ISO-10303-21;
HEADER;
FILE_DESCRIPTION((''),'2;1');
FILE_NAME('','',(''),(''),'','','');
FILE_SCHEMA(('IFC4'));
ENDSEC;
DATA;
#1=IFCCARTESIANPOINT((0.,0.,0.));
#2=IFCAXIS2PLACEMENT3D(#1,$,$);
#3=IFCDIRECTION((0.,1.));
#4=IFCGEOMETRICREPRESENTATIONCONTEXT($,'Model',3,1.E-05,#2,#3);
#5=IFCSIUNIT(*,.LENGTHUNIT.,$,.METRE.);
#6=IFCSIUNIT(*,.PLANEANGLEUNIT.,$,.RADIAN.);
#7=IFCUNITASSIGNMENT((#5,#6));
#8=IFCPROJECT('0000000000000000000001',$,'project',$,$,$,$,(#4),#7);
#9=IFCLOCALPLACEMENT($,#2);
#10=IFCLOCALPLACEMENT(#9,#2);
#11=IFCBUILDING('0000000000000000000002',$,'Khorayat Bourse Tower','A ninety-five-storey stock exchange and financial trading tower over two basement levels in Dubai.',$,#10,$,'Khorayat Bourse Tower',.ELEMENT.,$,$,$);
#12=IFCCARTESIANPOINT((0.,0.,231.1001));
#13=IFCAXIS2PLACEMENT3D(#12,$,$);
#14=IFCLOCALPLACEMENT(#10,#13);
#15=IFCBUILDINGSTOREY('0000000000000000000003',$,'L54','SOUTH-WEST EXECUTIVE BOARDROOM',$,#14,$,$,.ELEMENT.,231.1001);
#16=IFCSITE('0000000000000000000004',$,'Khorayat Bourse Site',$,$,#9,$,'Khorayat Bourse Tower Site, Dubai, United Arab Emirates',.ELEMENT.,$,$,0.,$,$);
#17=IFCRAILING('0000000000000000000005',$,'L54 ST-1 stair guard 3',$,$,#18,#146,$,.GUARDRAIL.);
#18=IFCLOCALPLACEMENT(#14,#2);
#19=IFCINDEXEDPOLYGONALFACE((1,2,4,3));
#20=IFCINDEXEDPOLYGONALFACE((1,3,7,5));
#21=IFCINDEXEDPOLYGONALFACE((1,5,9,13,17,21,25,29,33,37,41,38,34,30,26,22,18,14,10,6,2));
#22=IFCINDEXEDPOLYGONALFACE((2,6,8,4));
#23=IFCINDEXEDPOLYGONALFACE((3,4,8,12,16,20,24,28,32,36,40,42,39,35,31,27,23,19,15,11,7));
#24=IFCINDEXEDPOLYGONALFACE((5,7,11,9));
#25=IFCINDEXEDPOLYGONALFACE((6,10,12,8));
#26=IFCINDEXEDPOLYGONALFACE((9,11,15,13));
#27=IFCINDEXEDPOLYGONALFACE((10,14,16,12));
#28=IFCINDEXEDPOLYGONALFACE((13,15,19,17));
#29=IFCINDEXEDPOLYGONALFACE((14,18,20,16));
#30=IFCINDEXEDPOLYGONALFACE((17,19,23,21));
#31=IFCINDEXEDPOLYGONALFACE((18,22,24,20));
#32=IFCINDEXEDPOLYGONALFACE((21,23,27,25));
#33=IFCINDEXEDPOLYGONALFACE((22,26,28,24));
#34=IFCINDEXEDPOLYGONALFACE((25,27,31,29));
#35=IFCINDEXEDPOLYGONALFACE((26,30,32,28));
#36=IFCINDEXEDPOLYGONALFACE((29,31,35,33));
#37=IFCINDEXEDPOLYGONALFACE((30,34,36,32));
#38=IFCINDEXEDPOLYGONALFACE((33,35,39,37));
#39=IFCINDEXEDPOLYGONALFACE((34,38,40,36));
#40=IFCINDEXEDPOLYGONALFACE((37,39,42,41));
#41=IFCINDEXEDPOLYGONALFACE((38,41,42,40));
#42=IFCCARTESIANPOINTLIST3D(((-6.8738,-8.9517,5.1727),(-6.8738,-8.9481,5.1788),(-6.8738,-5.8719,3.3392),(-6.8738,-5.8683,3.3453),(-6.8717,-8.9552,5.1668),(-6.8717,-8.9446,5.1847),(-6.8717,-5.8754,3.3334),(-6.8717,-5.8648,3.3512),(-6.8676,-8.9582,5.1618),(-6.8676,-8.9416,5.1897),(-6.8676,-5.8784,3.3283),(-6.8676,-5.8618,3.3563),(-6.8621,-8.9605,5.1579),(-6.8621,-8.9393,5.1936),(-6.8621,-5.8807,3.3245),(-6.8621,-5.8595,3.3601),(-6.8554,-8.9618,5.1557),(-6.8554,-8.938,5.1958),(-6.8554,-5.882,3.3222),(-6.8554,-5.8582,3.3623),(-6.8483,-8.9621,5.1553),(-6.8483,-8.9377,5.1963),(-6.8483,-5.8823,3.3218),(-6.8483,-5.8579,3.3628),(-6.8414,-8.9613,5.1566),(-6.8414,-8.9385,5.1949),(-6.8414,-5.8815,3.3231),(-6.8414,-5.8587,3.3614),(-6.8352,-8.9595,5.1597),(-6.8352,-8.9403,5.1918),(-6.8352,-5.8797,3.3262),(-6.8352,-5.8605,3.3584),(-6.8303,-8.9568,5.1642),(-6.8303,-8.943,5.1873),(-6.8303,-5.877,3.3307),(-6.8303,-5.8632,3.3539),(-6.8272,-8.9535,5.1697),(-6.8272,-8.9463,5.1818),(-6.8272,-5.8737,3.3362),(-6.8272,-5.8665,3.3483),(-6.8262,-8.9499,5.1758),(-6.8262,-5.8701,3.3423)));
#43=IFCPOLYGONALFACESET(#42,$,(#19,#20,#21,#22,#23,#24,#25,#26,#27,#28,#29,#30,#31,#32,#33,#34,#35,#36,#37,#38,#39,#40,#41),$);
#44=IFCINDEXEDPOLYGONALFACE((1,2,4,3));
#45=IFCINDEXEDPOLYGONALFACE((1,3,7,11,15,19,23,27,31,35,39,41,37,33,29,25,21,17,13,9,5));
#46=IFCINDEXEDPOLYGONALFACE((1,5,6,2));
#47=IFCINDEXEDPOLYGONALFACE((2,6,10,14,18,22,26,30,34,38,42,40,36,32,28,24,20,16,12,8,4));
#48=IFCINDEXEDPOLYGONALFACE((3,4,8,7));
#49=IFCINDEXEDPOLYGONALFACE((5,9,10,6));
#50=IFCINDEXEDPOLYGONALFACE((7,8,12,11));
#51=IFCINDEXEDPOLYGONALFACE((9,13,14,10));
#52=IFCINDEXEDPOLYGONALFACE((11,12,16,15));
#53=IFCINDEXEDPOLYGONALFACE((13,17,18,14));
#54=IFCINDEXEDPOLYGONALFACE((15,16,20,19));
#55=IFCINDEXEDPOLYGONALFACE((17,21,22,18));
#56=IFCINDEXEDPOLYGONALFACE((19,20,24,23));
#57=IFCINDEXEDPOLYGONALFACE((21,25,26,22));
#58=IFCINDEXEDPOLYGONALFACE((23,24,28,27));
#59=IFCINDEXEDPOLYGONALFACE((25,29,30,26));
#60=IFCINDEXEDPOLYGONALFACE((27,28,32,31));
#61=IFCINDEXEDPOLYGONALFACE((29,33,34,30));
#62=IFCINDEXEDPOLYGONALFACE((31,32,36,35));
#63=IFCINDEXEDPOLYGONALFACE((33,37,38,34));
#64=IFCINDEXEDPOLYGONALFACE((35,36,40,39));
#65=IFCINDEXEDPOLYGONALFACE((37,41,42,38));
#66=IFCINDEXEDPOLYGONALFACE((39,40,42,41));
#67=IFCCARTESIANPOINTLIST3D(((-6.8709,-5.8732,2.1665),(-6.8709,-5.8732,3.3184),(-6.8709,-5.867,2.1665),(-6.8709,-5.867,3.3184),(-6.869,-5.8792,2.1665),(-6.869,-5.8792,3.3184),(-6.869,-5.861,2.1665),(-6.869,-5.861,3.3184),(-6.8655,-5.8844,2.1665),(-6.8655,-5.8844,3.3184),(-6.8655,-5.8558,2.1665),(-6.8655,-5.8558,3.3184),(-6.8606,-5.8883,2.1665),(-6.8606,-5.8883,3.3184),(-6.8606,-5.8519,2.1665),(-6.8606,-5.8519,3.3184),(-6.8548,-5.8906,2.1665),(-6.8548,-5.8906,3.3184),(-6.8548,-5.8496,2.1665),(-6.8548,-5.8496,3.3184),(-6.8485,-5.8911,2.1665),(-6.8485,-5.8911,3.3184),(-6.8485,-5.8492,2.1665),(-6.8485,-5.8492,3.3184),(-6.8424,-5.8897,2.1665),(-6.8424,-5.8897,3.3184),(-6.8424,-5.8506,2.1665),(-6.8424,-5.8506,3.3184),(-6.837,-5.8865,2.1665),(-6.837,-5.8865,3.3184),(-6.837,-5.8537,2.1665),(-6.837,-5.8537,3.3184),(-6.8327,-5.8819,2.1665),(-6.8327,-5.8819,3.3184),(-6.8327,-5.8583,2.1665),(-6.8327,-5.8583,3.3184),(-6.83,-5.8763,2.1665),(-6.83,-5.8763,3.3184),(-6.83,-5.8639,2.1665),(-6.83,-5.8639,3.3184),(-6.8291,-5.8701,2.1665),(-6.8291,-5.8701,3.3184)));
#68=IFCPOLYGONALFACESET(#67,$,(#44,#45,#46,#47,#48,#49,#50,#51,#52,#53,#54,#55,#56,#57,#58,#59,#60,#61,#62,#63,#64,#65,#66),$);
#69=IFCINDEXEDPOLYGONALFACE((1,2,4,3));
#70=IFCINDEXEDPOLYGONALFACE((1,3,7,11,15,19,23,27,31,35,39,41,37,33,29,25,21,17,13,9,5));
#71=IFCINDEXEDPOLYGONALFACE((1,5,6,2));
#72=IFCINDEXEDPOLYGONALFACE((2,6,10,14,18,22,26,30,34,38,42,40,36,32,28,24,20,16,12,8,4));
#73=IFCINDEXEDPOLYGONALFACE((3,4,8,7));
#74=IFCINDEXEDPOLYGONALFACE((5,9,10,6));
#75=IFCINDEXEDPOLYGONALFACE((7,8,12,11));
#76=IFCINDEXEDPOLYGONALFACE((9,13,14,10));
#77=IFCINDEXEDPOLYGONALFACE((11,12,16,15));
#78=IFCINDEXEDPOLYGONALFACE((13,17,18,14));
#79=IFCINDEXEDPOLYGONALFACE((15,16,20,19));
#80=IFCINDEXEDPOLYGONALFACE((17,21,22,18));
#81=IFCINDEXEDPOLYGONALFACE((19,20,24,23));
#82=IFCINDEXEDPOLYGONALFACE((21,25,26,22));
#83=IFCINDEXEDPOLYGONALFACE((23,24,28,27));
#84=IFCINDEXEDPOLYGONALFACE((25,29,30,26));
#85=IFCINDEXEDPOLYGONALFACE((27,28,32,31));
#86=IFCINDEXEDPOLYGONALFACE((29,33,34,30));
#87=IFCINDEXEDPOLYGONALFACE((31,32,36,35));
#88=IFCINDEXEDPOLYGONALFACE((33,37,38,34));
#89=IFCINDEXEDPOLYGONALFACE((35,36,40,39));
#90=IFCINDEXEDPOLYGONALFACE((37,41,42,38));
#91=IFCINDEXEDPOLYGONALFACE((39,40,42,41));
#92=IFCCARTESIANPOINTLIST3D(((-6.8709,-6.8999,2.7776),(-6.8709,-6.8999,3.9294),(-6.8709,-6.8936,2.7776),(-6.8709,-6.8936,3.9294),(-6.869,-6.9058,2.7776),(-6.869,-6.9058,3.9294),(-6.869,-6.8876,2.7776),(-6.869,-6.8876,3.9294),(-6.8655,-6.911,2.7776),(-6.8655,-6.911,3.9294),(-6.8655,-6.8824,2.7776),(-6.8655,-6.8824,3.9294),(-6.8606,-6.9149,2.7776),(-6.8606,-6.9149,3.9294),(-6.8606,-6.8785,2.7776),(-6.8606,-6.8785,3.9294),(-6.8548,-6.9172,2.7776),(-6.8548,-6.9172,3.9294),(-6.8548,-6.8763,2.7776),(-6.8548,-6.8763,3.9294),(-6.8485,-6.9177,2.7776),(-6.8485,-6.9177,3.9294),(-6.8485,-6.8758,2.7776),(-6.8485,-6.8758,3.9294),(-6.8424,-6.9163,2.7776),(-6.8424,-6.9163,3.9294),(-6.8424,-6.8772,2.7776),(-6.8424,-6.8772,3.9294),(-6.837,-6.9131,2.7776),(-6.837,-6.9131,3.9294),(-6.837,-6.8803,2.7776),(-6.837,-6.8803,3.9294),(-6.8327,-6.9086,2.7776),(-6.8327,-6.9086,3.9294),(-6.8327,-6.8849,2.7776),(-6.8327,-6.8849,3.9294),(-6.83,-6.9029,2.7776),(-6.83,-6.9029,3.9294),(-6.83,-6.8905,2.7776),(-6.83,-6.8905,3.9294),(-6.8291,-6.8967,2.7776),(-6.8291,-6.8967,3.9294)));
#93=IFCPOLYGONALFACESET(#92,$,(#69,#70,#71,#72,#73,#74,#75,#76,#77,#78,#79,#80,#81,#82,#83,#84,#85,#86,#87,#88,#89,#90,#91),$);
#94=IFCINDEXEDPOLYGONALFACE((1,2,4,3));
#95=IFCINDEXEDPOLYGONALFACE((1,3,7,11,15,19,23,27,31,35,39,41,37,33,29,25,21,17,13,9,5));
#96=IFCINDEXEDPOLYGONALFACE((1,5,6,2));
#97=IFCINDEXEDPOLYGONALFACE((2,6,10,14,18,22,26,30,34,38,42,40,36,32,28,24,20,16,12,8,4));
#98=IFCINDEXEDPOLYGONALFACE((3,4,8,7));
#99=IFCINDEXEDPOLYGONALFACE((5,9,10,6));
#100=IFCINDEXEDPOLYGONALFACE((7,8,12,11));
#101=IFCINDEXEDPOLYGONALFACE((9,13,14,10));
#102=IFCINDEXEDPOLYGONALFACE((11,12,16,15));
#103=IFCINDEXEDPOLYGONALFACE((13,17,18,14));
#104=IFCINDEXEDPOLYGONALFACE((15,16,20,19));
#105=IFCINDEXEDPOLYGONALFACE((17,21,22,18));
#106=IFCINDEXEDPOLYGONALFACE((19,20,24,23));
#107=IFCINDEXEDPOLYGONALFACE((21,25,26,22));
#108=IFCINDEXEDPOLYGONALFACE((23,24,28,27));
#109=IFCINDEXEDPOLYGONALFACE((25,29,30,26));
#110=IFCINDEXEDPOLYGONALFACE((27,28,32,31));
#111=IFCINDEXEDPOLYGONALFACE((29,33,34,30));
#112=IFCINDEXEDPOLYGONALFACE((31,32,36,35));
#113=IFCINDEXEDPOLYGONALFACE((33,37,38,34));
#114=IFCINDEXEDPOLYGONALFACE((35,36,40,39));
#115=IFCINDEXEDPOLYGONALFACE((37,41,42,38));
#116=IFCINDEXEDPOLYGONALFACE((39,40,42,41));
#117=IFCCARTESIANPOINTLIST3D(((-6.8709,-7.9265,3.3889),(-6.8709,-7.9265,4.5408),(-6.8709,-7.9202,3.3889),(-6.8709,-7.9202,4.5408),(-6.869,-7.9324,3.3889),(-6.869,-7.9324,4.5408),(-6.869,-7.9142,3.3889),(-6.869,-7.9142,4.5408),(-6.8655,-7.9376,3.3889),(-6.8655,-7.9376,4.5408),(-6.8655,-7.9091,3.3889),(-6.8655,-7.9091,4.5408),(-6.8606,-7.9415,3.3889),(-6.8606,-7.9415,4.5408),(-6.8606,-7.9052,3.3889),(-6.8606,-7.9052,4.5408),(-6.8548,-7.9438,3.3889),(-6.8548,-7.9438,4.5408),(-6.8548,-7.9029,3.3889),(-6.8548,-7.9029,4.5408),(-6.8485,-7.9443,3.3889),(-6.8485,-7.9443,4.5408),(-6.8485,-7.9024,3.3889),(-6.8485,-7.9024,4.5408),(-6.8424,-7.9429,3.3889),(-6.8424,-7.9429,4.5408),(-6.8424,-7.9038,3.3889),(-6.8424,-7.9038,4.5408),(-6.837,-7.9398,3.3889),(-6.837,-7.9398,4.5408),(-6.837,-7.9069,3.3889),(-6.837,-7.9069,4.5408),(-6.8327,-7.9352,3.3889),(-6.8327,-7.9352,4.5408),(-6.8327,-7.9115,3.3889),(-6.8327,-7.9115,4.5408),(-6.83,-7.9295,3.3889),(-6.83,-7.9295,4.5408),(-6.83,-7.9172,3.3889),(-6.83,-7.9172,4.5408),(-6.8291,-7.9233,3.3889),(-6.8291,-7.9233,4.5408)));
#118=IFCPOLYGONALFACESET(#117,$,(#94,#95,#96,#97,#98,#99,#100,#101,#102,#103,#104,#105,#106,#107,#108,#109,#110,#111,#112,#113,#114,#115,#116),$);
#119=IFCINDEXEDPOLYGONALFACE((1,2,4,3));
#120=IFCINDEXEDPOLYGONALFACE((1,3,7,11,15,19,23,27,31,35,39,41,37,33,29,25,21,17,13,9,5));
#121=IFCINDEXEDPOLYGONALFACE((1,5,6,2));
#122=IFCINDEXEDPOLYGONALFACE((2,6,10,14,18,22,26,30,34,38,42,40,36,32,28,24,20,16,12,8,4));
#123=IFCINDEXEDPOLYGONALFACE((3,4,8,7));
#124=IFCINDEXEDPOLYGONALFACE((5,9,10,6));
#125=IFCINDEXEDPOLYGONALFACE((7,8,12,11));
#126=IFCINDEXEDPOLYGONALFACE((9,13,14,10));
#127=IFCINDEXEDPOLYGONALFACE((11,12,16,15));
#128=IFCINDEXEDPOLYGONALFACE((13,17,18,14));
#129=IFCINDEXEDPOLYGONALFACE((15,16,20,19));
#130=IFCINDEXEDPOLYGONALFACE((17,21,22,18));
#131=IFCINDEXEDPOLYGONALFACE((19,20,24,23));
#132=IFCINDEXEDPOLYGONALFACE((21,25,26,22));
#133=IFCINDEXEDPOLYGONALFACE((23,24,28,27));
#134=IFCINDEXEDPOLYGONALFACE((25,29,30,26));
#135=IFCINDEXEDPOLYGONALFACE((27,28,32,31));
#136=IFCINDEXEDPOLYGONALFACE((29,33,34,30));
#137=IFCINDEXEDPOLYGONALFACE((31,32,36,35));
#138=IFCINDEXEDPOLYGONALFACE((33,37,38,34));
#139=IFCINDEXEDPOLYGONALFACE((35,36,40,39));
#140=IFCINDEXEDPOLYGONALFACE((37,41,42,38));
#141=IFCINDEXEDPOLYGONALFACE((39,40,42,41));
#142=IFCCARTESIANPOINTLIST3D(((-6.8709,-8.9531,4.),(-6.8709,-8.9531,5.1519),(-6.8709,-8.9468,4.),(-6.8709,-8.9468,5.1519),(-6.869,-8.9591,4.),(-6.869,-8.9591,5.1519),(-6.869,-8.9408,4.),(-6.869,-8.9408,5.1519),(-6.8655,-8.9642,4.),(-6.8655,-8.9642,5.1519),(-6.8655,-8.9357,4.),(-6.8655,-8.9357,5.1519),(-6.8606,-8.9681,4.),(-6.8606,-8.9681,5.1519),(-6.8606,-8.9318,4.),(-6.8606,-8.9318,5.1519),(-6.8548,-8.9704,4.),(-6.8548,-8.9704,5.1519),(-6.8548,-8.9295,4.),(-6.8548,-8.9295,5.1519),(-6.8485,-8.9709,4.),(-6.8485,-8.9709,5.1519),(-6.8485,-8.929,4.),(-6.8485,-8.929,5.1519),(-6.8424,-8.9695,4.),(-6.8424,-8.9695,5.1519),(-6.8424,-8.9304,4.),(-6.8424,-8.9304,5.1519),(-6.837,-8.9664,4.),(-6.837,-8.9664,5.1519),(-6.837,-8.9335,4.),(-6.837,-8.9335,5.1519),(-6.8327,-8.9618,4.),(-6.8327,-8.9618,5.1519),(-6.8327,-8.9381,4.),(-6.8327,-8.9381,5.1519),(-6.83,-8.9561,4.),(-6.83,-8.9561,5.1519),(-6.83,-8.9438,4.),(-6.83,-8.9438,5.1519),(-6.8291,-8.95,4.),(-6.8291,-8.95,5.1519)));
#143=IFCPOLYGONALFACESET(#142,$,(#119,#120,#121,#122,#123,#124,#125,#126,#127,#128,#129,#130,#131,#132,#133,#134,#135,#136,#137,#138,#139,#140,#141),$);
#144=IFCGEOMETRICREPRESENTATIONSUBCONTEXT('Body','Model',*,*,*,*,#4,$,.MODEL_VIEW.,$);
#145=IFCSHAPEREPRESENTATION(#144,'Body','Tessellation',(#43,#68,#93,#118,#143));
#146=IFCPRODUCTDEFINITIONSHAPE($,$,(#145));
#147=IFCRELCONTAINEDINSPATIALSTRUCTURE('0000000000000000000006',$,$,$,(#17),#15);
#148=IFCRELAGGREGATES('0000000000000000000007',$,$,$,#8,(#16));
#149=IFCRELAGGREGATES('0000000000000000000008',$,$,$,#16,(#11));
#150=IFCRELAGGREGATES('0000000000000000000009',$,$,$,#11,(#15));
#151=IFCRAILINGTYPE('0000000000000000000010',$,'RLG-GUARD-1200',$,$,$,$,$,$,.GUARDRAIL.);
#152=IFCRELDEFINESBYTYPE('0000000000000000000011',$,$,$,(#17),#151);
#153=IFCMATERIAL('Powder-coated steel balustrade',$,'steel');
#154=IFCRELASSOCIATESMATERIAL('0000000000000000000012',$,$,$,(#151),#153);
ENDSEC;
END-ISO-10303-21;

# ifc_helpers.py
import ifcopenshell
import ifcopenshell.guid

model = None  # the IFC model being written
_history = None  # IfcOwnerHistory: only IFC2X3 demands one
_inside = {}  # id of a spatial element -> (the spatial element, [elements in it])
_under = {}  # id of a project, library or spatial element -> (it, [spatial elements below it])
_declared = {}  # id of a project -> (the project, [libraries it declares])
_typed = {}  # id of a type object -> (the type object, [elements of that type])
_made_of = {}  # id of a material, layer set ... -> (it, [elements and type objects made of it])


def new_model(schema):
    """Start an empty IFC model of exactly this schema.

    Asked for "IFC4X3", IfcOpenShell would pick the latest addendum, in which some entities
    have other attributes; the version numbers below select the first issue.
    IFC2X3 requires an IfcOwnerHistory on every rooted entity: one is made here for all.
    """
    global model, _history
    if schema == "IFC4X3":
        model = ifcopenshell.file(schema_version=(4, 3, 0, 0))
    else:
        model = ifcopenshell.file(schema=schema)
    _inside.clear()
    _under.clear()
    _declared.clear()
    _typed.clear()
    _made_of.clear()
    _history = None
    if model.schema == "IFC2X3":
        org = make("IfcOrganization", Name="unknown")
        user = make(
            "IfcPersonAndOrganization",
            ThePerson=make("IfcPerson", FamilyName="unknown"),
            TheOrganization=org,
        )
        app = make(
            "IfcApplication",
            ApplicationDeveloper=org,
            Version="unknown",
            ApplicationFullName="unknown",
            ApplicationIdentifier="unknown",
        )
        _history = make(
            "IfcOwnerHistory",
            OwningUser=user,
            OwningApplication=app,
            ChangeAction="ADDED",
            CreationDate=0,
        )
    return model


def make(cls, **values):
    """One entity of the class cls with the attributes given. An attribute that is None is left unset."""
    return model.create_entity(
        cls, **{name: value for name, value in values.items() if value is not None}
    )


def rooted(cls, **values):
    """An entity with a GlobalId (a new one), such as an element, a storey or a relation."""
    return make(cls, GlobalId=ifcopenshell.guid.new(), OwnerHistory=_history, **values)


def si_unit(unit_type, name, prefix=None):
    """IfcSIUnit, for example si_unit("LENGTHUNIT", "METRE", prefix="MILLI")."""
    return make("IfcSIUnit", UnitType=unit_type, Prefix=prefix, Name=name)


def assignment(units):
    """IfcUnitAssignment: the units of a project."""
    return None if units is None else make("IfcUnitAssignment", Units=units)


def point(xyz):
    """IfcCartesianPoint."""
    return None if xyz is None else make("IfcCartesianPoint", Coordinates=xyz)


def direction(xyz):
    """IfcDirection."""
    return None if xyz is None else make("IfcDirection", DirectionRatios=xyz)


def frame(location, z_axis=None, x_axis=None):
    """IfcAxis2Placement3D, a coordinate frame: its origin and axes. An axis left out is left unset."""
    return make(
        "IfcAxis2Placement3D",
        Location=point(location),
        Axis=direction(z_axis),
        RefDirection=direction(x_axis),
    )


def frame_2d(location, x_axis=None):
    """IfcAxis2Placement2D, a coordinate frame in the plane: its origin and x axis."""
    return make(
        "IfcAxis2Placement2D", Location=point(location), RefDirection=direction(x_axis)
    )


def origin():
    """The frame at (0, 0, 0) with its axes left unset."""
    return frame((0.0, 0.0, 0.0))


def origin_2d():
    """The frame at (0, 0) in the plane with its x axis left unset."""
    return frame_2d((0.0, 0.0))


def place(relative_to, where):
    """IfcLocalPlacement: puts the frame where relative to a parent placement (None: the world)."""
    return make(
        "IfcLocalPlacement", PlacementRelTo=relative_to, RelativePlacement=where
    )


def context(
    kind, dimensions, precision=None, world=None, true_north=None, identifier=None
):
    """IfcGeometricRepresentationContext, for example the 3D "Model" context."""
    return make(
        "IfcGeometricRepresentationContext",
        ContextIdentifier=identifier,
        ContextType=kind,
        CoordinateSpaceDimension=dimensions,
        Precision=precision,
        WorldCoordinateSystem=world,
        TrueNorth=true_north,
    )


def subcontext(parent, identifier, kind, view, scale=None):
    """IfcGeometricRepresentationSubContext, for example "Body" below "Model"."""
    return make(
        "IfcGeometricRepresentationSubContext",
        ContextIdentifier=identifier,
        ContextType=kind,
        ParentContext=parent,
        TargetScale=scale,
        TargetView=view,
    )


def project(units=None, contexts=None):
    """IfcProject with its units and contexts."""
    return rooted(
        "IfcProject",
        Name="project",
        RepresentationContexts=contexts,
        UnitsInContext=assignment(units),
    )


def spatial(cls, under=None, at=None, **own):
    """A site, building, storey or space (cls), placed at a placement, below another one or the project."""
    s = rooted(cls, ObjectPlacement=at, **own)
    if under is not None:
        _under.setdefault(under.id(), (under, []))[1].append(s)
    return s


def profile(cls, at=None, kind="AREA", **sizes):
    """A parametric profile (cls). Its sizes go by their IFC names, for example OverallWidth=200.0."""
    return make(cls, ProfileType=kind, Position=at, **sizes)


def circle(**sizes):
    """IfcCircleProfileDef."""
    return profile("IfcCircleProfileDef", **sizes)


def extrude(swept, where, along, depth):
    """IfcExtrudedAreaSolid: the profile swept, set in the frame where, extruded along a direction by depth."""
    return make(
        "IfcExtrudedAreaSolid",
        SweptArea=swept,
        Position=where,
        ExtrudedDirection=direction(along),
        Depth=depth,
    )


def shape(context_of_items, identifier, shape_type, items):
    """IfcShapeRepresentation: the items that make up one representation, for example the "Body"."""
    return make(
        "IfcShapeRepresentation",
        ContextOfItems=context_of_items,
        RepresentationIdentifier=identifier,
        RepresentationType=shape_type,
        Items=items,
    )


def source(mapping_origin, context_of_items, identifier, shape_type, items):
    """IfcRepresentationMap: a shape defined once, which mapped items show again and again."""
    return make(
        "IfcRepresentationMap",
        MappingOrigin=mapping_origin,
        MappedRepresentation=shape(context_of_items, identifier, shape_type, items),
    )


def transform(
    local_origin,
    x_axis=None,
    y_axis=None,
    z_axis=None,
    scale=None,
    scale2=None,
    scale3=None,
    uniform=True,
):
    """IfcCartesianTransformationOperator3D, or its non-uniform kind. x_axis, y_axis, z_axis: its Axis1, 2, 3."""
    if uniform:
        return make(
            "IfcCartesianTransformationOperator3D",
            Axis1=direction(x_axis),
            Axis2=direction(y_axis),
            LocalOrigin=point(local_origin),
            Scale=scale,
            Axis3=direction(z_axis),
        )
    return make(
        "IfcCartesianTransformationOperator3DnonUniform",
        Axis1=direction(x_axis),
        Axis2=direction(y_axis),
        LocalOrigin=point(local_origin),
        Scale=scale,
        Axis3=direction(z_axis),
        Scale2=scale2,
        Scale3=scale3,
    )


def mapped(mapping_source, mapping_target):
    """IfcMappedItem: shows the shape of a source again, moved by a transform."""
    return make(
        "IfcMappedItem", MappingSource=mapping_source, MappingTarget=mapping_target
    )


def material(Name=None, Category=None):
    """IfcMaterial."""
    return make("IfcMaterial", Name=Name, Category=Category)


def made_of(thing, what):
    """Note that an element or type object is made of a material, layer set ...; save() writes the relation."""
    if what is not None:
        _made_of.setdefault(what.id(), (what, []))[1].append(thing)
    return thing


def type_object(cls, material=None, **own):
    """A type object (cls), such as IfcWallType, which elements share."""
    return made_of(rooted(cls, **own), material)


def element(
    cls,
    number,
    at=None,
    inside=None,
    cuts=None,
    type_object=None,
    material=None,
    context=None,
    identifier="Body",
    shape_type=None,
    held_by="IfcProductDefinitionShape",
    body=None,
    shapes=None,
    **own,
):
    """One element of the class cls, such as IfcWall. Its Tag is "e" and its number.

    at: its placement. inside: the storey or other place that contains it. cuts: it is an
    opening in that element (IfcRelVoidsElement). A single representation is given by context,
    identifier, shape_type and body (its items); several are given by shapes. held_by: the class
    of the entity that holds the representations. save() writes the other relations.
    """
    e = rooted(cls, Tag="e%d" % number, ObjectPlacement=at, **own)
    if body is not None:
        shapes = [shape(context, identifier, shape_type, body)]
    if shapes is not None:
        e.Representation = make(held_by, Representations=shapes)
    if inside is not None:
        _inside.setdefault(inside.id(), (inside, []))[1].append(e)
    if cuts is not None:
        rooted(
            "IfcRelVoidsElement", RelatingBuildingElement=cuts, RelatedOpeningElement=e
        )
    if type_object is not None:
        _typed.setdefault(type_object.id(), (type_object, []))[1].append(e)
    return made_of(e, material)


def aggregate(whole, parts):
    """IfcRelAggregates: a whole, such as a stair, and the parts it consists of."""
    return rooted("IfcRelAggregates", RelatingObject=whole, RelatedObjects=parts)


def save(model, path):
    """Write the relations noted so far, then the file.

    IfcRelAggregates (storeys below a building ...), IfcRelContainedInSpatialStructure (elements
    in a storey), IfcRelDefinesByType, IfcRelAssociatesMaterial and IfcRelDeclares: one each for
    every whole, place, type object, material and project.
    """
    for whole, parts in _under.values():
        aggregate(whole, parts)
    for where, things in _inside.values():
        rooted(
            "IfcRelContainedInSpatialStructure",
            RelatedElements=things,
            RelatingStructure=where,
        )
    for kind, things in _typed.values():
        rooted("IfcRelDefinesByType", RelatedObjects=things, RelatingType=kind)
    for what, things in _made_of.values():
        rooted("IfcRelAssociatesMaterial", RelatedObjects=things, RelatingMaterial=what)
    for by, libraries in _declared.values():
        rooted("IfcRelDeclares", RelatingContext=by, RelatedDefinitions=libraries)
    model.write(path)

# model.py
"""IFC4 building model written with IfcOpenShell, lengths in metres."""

from ifc_helpers import new_model, si_unit, direction, frame, origin, origin_2d, place, context, subcontext, project, spatial, circle, extrude, source, transform, mapped, material, type_object, element, save


model = new_model("IFC4")

# Units and contexts
model_context = context("Model", 3, precision=1e-05, world=origin(), true_north=direction((0.0, 1.0)))
body_context = subcontext(model_context, "Body", "Model", "MODEL_VIEW")
ifc_project = project(units=[si_unit("LENGTHUNIT", "METRE"), si_unit("PLANEANGLEUNIT", "RADIAN")], contexts=[model_context])

# Site, building, storey
site_placement = place(None, origin())
site = spatial("IfcSite", under=ifc_project, at=site_placement, Name="Khorayat Bourse Site", LongName="Khorayat Bourse Tower Site, Dubai, United Arab Emirates", CompositionType="ELEMENT", RefElevation=0.0)
building_placement = place(site_placement, origin())
building = spatial("IfcBuilding", under=site, at=building_placement, Name="Khorayat Bourse Tower", Description="A ninety-five-storey stock exchange and financial trading tower over two basement levels in Dubai.", LongName="Khorayat Bourse Tower", CompositionType="ELEMENT")
storey_placement = place(building_placement, frame((0.0, 0.0, 231.1001)))
storey = spatial("IfcBuildingStorey", under=building, at=storey_placement, Name="L54", Description="SOUTH-WEST EXECUTIVE BOARDROOM", CompositionType="ELEMENT", Elevation=231.1001)

# Railing
ifc_material_1 = material(Name="Powder-coated steel balustrade", Category="steel")
railing_type_1 = type_object("IfcRailingType", Name="RLG-GUARD-1200", PredefinedType="GUARDRAIL", material=ifc_material_1)
shared_shape_1 = source(origin(), body_context, "Body", "SweptSolid", [
    extrude(circle(Radius=0.0239, at=origin_2d()), frame((0.0, 0.0, 1.1758), z_axis=(0.0, -0.859261, 0.511538), x_axis=(1.0, 0.0, 0.0)), (0.0, 0.0, 1.0), 3.5842),
    extrude(circle(Radius=0.021, at=origin_2d()), origin(), (0.0, 0.0, 1.0), 1.1519),
    extrude(circle(Radius=0.021, at=origin_2d()), frame((0.0, -1.0266, 0.6111)), (0.0, 0.0, 1.0), 1.1519),
    extrude(circle(Radius=0.021, at=origin_2d()), frame((0.0, -2.0532, 1.2224)), (0.0, 0.0, 1.0), 1.1519),
    extrude(circle(Radius=0.021, at=origin_2d()), frame((0.0, -3.0798, 1.8335)), (0.0, 0.0, 1.0), 1.1519),
])
railing_1_placement = place(storey_placement, frame((-6.8501, -5.8701, 2.1665)))
element("IfcRailing", 1, at=railing_1_placement, inside=storey, type_object=railing_type_1, Name="L54 ST-1 stair guard 3", PredefinedType="GUARDRAIL", context=body_context, shape_type="MappedRepresentation", body=[
    mapped(shared_shape_1, transform((0.0, 0.0, 0.0), scale=1.0)),
])

save(model, "model.ifc")
